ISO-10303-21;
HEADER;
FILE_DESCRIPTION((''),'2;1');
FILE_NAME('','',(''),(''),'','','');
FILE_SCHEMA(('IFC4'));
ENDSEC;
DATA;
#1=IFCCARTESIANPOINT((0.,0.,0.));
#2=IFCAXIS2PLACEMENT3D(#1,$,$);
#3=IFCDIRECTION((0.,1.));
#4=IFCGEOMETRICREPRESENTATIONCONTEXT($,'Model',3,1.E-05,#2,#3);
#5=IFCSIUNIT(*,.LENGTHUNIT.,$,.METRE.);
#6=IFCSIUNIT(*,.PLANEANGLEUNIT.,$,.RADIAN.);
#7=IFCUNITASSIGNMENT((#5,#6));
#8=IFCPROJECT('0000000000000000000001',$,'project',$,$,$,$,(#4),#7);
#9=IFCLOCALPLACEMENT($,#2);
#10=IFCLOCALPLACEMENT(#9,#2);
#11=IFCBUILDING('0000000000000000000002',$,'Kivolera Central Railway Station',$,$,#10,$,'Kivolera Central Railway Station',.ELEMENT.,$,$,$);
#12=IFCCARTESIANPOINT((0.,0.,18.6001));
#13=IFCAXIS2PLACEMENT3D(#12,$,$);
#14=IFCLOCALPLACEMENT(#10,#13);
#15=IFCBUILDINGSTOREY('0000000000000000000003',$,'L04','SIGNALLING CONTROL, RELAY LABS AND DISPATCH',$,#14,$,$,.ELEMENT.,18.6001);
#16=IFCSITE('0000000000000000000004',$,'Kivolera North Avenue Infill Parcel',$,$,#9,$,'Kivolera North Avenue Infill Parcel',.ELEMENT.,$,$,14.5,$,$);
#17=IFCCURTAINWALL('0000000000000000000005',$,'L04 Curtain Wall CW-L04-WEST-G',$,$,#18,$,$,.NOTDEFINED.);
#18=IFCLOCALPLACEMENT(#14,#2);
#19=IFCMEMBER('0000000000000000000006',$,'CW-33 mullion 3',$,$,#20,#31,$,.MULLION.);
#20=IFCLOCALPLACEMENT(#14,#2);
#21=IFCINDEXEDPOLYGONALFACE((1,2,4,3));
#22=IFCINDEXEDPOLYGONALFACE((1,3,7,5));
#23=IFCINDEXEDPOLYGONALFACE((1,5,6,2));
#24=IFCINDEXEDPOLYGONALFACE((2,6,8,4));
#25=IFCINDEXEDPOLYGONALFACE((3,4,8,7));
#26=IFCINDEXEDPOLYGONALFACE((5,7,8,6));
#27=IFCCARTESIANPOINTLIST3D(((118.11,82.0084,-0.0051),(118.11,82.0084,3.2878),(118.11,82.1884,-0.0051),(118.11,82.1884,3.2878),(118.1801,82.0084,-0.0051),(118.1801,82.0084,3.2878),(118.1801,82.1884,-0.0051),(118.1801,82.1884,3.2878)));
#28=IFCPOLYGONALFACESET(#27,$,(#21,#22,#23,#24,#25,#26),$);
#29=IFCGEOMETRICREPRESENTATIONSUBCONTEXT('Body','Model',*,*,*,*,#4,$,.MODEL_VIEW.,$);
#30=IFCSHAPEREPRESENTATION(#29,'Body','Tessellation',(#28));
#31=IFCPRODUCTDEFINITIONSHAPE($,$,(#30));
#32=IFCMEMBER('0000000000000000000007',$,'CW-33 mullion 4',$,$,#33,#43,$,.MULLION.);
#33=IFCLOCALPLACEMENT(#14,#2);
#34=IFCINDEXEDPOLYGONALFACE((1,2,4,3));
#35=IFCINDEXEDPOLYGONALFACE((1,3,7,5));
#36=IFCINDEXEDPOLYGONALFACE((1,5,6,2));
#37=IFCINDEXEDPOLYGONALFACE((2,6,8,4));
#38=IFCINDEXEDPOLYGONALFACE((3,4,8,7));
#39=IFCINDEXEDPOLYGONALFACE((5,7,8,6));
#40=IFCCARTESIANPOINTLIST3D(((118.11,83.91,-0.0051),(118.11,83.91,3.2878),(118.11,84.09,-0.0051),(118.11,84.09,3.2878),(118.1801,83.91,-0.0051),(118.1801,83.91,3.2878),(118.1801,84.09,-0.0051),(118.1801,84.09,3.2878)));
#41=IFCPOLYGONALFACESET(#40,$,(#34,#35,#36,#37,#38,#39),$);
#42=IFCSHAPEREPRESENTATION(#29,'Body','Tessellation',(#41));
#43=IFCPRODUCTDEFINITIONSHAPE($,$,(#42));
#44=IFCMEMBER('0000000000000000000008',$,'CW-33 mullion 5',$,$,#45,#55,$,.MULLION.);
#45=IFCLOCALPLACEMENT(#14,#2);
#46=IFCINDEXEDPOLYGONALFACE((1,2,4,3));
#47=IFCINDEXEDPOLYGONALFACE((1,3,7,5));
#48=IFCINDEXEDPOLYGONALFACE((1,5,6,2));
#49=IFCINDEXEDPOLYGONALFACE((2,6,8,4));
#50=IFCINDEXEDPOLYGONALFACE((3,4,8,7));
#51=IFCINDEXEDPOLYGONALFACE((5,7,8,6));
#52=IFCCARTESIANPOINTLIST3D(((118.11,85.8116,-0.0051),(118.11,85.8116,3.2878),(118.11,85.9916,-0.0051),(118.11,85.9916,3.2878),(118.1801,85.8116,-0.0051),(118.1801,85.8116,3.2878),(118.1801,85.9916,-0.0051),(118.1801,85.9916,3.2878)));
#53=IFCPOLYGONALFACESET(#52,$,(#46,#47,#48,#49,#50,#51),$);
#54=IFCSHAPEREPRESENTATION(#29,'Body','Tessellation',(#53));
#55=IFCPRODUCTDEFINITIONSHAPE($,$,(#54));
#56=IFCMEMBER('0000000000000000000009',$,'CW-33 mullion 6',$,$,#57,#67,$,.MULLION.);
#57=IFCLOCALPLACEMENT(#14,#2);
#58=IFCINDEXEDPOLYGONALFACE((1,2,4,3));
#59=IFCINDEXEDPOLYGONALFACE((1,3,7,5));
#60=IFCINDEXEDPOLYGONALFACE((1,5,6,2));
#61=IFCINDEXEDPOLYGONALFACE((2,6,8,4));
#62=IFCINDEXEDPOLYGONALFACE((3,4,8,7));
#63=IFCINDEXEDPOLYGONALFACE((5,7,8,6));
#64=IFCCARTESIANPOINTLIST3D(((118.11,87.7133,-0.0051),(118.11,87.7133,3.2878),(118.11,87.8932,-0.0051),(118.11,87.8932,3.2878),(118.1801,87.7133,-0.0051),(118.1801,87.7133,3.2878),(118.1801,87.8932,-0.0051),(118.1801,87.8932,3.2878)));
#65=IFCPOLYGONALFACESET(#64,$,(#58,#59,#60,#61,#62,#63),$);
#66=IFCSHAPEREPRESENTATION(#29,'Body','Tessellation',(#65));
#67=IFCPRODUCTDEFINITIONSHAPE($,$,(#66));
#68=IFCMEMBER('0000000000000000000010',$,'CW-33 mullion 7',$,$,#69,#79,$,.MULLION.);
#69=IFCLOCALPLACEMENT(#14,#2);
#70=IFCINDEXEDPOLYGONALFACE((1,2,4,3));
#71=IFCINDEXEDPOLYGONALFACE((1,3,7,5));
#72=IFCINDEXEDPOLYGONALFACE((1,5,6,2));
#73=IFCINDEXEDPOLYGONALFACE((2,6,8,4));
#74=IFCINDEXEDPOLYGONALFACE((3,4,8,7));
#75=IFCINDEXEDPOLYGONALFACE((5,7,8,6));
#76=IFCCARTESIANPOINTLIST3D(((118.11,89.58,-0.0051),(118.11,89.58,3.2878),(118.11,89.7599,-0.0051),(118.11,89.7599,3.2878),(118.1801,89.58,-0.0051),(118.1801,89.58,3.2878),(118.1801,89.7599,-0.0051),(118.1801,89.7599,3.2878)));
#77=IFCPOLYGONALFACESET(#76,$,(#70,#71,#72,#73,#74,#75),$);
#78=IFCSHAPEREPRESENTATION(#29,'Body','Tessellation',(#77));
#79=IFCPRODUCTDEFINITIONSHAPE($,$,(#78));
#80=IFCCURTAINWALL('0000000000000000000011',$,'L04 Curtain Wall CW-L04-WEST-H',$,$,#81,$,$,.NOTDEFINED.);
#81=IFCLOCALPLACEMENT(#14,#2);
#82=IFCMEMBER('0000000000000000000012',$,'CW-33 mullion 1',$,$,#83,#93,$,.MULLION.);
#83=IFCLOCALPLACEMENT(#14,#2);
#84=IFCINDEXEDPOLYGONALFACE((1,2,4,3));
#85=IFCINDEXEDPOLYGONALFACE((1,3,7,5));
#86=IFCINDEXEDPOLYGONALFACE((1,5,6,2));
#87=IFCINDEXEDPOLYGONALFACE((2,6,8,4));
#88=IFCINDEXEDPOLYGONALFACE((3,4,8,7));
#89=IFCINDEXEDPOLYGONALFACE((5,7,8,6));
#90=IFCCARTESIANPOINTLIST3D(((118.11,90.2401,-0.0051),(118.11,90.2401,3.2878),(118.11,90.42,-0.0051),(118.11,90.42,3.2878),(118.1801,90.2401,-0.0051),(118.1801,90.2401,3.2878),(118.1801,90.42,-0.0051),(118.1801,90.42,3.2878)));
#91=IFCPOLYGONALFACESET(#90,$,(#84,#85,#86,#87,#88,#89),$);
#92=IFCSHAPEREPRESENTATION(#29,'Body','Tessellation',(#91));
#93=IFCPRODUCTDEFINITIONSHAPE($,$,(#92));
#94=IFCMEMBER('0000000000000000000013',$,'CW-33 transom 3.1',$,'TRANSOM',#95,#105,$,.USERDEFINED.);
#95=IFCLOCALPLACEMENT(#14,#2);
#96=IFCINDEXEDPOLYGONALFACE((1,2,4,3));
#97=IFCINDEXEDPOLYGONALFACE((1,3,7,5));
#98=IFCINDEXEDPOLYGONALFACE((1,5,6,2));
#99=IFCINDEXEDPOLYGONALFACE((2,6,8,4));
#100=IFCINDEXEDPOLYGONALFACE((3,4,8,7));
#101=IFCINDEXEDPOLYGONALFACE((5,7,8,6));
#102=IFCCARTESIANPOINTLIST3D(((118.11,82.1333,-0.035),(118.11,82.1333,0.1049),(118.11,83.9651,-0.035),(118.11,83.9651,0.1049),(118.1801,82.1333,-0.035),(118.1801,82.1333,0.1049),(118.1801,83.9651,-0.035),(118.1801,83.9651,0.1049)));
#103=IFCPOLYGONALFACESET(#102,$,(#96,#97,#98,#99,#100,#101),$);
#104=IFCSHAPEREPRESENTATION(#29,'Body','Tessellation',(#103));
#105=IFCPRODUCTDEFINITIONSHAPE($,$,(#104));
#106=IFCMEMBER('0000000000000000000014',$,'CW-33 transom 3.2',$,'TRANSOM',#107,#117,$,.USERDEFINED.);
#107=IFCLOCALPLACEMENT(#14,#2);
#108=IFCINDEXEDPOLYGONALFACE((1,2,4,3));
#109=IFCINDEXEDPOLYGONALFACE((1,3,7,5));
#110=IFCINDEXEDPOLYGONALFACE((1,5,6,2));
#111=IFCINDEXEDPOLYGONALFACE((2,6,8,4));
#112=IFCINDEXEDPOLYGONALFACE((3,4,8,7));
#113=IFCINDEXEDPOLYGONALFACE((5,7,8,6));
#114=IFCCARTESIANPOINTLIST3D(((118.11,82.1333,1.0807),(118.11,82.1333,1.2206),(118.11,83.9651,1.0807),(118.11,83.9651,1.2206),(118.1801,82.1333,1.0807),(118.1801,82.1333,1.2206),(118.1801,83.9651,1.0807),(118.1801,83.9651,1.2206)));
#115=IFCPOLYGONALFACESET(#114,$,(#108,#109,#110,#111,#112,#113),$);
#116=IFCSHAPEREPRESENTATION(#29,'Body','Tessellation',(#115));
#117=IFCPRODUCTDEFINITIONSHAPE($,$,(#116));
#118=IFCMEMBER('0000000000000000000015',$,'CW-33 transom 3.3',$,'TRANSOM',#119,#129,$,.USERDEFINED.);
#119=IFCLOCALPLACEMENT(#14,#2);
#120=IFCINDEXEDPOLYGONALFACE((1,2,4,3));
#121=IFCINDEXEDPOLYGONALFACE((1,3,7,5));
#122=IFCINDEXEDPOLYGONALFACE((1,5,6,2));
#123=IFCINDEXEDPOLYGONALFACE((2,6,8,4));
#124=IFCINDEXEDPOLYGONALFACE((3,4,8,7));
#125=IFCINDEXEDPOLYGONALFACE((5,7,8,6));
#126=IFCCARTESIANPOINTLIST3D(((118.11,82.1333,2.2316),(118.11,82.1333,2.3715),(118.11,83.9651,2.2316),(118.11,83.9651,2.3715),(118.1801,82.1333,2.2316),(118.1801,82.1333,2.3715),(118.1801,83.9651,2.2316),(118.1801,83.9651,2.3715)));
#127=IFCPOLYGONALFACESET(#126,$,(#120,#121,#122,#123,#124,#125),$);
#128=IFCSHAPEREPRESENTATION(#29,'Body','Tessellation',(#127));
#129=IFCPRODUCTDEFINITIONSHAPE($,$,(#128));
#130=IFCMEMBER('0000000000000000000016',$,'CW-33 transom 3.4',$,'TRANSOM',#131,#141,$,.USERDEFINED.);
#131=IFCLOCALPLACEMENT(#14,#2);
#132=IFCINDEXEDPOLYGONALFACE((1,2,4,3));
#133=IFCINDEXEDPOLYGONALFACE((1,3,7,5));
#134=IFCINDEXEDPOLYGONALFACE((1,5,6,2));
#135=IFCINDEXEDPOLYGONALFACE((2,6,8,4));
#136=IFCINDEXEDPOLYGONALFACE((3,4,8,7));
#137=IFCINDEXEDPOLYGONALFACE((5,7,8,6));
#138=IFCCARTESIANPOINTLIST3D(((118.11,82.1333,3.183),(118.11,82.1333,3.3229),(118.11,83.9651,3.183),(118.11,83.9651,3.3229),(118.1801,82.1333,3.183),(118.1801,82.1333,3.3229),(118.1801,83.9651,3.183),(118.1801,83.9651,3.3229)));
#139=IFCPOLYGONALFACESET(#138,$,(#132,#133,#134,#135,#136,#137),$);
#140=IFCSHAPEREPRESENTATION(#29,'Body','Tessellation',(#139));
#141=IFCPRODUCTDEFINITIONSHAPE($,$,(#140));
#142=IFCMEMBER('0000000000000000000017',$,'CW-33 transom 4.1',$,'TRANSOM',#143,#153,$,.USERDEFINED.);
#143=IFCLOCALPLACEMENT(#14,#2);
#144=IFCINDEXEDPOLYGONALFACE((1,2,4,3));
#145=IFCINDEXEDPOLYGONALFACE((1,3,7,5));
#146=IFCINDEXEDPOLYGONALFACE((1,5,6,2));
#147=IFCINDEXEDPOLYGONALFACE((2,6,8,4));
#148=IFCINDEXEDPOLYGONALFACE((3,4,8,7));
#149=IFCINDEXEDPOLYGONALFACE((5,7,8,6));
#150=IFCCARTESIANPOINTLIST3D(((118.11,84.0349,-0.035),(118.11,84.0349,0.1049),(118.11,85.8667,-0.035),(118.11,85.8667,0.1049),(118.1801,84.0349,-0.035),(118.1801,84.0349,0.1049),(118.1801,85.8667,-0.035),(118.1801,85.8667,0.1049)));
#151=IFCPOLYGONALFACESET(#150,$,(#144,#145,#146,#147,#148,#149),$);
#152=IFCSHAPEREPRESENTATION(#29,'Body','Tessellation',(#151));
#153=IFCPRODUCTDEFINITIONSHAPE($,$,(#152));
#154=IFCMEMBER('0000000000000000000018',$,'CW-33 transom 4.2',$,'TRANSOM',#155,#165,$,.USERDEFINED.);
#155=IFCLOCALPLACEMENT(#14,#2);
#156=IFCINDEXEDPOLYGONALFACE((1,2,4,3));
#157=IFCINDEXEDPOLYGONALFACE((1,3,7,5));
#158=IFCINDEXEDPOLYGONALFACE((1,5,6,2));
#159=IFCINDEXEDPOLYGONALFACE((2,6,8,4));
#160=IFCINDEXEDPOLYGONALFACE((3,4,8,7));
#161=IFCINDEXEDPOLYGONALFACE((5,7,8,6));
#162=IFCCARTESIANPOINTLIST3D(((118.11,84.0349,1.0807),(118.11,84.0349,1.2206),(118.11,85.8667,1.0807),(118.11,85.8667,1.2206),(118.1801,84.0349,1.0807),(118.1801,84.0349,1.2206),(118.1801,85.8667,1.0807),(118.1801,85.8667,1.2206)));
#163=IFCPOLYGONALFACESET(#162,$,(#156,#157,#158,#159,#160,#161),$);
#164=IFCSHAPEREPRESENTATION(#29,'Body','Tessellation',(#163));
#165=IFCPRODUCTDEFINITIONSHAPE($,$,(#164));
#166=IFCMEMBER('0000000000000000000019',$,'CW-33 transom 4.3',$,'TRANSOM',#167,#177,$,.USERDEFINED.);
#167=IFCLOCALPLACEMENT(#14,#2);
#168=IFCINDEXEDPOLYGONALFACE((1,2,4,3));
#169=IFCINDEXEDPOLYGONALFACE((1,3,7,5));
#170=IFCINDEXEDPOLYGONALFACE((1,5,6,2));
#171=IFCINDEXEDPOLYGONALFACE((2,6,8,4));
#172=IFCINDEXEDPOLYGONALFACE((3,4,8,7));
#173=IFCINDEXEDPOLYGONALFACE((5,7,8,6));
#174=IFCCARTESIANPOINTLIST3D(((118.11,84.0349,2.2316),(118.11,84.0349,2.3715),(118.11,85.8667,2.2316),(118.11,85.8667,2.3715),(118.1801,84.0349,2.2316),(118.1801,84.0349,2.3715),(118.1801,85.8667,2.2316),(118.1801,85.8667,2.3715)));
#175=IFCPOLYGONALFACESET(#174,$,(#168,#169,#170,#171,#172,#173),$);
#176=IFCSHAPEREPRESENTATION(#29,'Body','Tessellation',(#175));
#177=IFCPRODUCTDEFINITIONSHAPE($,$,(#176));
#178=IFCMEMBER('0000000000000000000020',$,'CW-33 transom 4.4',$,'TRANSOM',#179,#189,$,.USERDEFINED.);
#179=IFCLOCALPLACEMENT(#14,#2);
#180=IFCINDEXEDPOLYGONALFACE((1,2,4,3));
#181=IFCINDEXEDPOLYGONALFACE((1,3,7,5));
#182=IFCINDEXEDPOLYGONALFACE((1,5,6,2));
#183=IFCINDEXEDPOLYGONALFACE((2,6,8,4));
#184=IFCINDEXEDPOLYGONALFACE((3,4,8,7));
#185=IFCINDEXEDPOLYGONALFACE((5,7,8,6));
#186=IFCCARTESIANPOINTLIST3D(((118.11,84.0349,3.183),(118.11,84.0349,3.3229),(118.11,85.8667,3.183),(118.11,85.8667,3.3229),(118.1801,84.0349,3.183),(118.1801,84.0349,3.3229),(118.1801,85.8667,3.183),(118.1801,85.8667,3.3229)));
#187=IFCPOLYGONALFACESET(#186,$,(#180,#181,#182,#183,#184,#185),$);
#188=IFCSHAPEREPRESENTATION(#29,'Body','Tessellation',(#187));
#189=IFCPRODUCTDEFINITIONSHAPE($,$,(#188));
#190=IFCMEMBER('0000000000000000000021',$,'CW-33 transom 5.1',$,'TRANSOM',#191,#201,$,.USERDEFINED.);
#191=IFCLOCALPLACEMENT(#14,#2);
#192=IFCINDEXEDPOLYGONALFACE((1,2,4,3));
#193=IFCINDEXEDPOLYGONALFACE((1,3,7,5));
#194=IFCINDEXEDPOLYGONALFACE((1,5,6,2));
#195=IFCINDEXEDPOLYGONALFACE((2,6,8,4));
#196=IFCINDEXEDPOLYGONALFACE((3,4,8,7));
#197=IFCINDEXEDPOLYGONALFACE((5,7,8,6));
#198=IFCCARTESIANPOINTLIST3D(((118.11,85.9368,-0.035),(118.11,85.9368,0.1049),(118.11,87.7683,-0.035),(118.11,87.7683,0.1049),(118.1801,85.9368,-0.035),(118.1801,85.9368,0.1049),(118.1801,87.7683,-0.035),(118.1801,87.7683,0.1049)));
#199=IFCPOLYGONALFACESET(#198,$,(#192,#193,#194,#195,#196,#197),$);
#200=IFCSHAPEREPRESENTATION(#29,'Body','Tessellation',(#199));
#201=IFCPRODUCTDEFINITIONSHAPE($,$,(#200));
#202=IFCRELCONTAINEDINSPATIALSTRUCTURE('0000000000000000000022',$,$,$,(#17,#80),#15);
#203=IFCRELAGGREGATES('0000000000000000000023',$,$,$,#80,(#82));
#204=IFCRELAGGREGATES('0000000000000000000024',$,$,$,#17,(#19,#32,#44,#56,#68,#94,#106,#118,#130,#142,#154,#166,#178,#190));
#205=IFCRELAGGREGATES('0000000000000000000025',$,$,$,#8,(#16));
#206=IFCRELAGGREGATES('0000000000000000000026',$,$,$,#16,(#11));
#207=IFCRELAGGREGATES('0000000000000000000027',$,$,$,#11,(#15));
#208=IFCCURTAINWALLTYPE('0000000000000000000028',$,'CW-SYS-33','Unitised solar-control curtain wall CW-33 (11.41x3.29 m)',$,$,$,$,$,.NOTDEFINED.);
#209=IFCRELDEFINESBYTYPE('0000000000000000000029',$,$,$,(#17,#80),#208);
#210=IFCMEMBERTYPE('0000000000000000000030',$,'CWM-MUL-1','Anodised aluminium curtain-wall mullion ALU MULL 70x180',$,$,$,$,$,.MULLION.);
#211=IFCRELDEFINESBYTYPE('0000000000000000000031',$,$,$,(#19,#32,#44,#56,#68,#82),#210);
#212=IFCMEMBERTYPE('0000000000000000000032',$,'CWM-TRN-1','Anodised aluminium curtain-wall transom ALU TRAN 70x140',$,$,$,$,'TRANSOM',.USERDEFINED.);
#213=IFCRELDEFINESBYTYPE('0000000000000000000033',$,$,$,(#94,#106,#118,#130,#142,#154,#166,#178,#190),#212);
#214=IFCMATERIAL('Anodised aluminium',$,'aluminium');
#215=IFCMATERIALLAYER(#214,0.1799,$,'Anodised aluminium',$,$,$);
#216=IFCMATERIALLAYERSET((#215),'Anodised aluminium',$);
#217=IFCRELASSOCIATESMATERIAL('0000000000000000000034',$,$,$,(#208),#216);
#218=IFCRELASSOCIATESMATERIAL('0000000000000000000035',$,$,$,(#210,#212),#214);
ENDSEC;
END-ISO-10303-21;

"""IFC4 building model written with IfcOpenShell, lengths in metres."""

from ifc_helpers import new_model, si_unit, direction, frame, origin, origin_2d, place, context, subcontext, project, spatial, rectangle, extrude, material, layer, layer_set, material_profile, profile_set, type_object, element, aggregate, save


model = new_model("IFC4")

# Units and contexts
model_context = context("Model", 3, precision=1e-05, world=origin(), true_north=direction((0.0, 1.0)))
body_context = subcontext(model_context, "Body", "Model", "MODEL_VIEW")
ifc_project = project(units=[si_unit("LENGTHUNIT", "METRE"), si_unit("PLANEANGLEUNIT", "RADIAN")], contexts=[model_context])

# Site, building, storey
site_placement = place(None, origin())
site = spatial("IfcSite", under=ifc_project, at=site_placement, Name="Kivolera North Avenue Infill Parcel", LongName="Kivolera North Avenue Infill Parcel", CompositionType="ELEMENT", RefElevation=14.5)
building_placement = place(site_placement, origin())
building = spatial("IfcBuilding", under=site, at=building_placement, Name="Kivolera Central Railway Station", LongName="Kivolera Central Railway Station", CompositionType="ELEMENT")
storey_placement = place(building_placement, frame((0.0, 0.0, 18.6001)))
storey = spatial("IfcBuildingStorey", under=building, at=storey_placement, Name="L04", Description="SIGNALLING CONTROL, RELAY LABS AND DISPATCH", CompositionType="ELEMENT", Elevation=18.6001)

# Curtain wall, members
ifc_material_1 = material(Name="Anodised aluminium", Category="aluminium")
ifc_layer_1 = layer(ifc_material_1, 0.1799, Name="Anodised aluminium")
ifc_layer_set_1 = layer_set([ifc_layer_1], Name="Anodised aluminium")
curtain_wall_type = type_object("IfcCurtainWallType", Name="CW-SYS-33", Description="Unitised solar-control curtain wall CW-33 (11.41x3.29 m)", PredefinedType="NOTDEFINED", material=ifc_layer_set_1)
curtain_wall_1_placement = place(storey_placement, origin())
curtain_wall_1 = element("IfcCurtainWall", 1, at=curtain_wall_1_placement, inside=storey, type_object=curtain_wall_type, Name="L04 Curtain Wall CW-L04-WEST-G", PredefinedType="NOTDEFINED")
ifc_material_profile_1 = material_profile(ifc_material_1, rectangle(XDim=0.0701, YDim=0.1799, at=origin_2d()), Name="ALU MULL 70x180")
ifc_profile_set_1 = profile_set([ifc_material_profile_1], Name="Anodised aluminium")
member_type_1 = type_object("IfcMemberType", Name="CWM-MUL-1", Description="Anodised aluminium curtain-wall mullion ALU MULL 70x180", PredefinedType="MULLION", material=ifc_profile_set_1)
member_1_placement = place(storey_placement, frame((118.145, 82.0984, -0.0051), z_axis=(0.0, 0.0, 1.0), x_axis=(-1.0, 0.0, 0.0)))
member_1 = element("IfcMember", 2, at=member_1_placement, type_object=member_type_1, Name="CW-33 mullion 3", PredefinedType="MULLION", context=body_context, shape_type="SweptSolid", body=[
    extrude(rectangle(XDim=0.0701, YDim=0.1799, at=origin_2d()), origin(), (0.0, 0.0, 1.0), 3.293),
])
member_2_placement = place(storey_placement, frame((118.145, 84.0, -0.0051), z_axis=(0.0, 0.0, 1.0), x_axis=(-1.0, 0.0, 0.0)))
member_2 = element("IfcMember", 3, at=member_2_placement, type_object=member_type_1, Name="CW-33 mullion 4", PredefinedType="MULLION", context=body_context, shape_type="SweptSolid", body=[
    extrude(rectangle(XDim=0.0701, YDim=0.1799, at=origin_2d()), origin(), (0.0, 0.0, 1.0), 3.293),
])
member_3_placement = place(storey_placement, frame((118.145, 85.9016, -0.0051), z_axis=(0.0, 0.0, 1.0), x_axis=(-1.0, 0.0, 0.0)))
member_3 = element("IfcMember", 4, at=member_3_placement, type_object=member_type_1, Name="CW-33 mullion 5", PredefinedType="MULLION", context=body_context, shape_type="SweptSolid", body=[
    extrude(rectangle(XDim=0.0701, YDim=0.1799, at=origin_2d()), origin(), (0.0, 0.0, 1.0), 3.293),
])
member_4_placement = place(storey_placement, frame((118.145, 87.8032, -0.0051), z_axis=(0.0, 0.0, 1.0), x_axis=(-1.0, 0.0, 0.0)))
member_4 = element("IfcMember", 5, at=member_4_placement, type_object=member_type_1, Name="CW-33 mullion 6", PredefinedType="MULLION", context=body_context, shape_type="SweptSolid", body=[
    extrude(rectangle(XDim=0.0701, YDim=0.1799, at=origin_2d()), origin(), (0.0, 0.0, 1.0), 3.293),
])
member_5_placement = place(storey_placement, frame((118.145, 89.6699, -0.0051), z_axis=(0.0, 0.0, 1.0), x_axis=(-1.0, 0.0, 0.0)))
member_5 = element("IfcMember", 6, at=member_5_placement, type_object=member_type_1, Name="CW-33 mullion 7", PredefinedType="MULLION", context=body_context, shape_type="SweptSolid", body=[
    extrude(rectangle(XDim=0.0701, YDim=0.1799, at=origin_2d()), origin(), (0.0, 0.0, 1.0), 3.293),
])

# Curtain wall, member
curtain_wall_2_placement = place(storey_placement, origin())
curtain_wall_2 = element("IfcCurtainWall", 7, at=curtain_wall_2_placement, inside=storey, type_object=curtain_wall_type, Name="L04 Curtain Wall CW-L04-WEST-H", PredefinedType="NOTDEFINED")
member_6_placement = place(storey_placement, frame((118.145, 90.3301, -0.0051), z_axis=(0.0, 0.0, 1.0), x_axis=(-1.0, 0.0, 0.0)))
member_6 = element("IfcMember", 8, at=member_6_placement, type_object=member_type_1, Name="CW-33 mullion 1", PredefinedType="MULLION", context=body_context, shape_type="SweptSolid", body=[
    extrude(rectangle(XDim=0.0701, YDim=0.1799, at=origin_2d()), origin(), (0.0, 0.0, 1.0), 3.293),
])
aggregate(curtain_wall_2, [member_6])

# Members
ifc_material_profile_2 = material_profile(ifc_material_1, rectangle(XDim=0.0701, YDim=0.1399, at=origin_2d()), Name="ALU TRAN 70x140")
ifc_profile_set_2 = profile_set([ifc_material_profile_2], Name="Anodised aluminium")
member_type_2 = type_object("IfcMemberType", Name="CWM-TRN-1", Description="Anodised aluminium curtain-wall transom ALU TRAN 70x140", ElementType="TRANSOM", PredefinedType="USERDEFINED", material=ifc_profile_set_2)
member_7_placement = place(storey_placement, frame((118.145, 82.1333, 0.0349), z_axis=(0.0, 1.0, 0.0), x_axis=(-1.0, 0.0, 0.0)))
member_7 = element("IfcMember", 9, at=member_7_placement, type_object=member_type_2, Name="CW-33 transom 3.1", ObjectType="TRANSOM", PredefinedType="USERDEFINED", context=body_context, shape_type="SweptSolid", body=[
    extrude(rectangle(XDim=0.0701, YDim=0.1399, at=origin_2d()), origin(), (0.0, 0.0, 1.0), 1.8318),
])
member_8_placement = place(storey_placement, frame((118.145, 82.1333, 1.1506), z_axis=(0.0, 1.0, 0.0), x_axis=(-1.0, 0.0, 0.0)))
member_8 = element("IfcMember", 10, at=member_8_placement, type_object=member_type_2, Name="CW-33 transom 3.2", ObjectType="TRANSOM", PredefinedType="USERDEFINED", context=body_context, shape_type="SweptSolid", body=[
    extrude(rectangle(XDim=0.0701, YDim=0.1399, at=origin_2d()), origin(), (0.0, 0.0, 1.0), 1.8318),
])
member_9_placement = place(storey_placement, frame((118.145, 82.1333, 2.3015), z_axis=(0.0, 1.0, 0.0), x_axis=(-1.0, 0.0, 0.0)))
member_9 = element("IfcMember", 11, at=member_9_placement, type_object=member_type_2, Name="CW-33 transom 3.3", ObjectType="TRANSOM", PredefinedType="USERDEFINED", context=body_context, shape_type="SweptSolid", body=[
    extrude(rectangle(XDim=0.0701, YDim=0.1399, at=origin_2d()), origin(), (0.0, 0.0, 1.0), 1.8318),
])
member_10_placement = place(storey_placement, frame((118.145, 82.1333, 3.2529), z_axis=(0.0, 1.0, 0.0), x_axis=(-1.0, 0.0, 0.0)))
member_10 = element("IfcMember", 12, at=member_10_placement, type_object=member_type_2, Name="CW-33 transom 3.4", ObjectType="TRANSOM", PredefinedType="USERDEFINED", context=body_context, shape_type="SweptSolid", body=[
    extrude(rectangle(XDim=0.0701, YDim=0.1399, at=origin_2d()), origin(), (0.0, 0.0, 1.0), 1.8318),
])
member_11_placement = place(storey_placement, frame((118.145, 84.0349, 0.0349), z_axis=(0.0, 1.0, 0.0), x_axis=(-1.0, 0.0, 0.0)))
member_11 = element("IfcMember", 13, at=member_11_placement, type_object=member_type_2, Name="CW-33 transom 4.1", ObjectType="TRANSOM", PredefinedType="USERDEFINED", context=body_context, shape_type="SweptSolid", body=[
    extrude(rectangle(XDim=0.0701, YDim=0.1399, at=origin_2d()), origin(), (0.0, 0.0, 1.0), 1.8318),
])
member_12_placement = place(storey_placement, frame((118.145, 84.0349, 1.1506), z_axis=(0.0, 1.0, 0.0), x_axis=(-1.0, 0.0, 0.0)))
member_12 = element("IfcMember", 14, at=member_12_placement, type_object=member_type_2, Name="CW-33 transom 4.2", ObjectType="TRANSOM", PredefinedType="USERDEFINED", context=body_context, shape_type="SweptSolid", body=[
    extrude(rectangle(XDim=0.0701, YDim=0.1399, at=origin_2d()), origin(), (0.0, 0.0, 1.0), 1.8318),
])
member_13_placement = place(storey_placement, frame((118.145, 84.0349, 2.3015), z_axis=(0.0, 1.0, 0.0), x_axis=(-1.0, 0.0, 0.0)))
member_13 = element("IfcMember", 15, at=member_13_placement, type_object=member_type_2, Name="CW-33 transom 4.3", ObjectType="TRANSOM", PredefinedType="USERDEFINED", context=body_context, shape_type="SweptSolid", body=[
    extrude(rectangle(XDim=0.0701, YDim=0.1399, at=origin_2d()), origin(), (0.0, 0.0, 1.0), 1.8318),
])
member_14_placement = place(storey_placement, frame((118.145, 84.0349, 3.2529), z_axis=(0.0, 1.0, 0.0), x_axis=(-1.0, 0.0, 0.0)))
member_14 = element("IfcMember", 16, at=member_14_placement, type_object=member_type_2, Name="CW-33 transom 4.4", ObjectType="TRANSOM", PredefinedType="USERDEFINED", context=body_context, shape_type="SweptSolid", body=[
    extrude(rectangle(XDim=0.0701, YDim=0.1399, at=origin_2d()), origin(), (0.0, 0.0, 1.0), 1.8318),
])
member_15_placement = place(storey_placement, frame((118.145, 85.9368, 0.0349), z_axis=(0.0, 1.0, 0.0), x_axis=(-1.0, 0.0, 0.0)))
member_15 = element("IfcMember", 17, at=member_15_placement, type_object=member_type_2, Name="CW-33 transom 5.1", ObjectType="TRANSOM", PredefinedType="USERDEFINED", context=body_context, shape_type="SweptSolid", body=[
    extrude(rectangle(XDim=0.0701, YDim=0.1399, at=origin_2d()), origin(), (0.0, 0.0, 1.0), 1.8315),
])

aggregate(curtain_wall_1, [member_1, member_2, member_3, member_4, member_5, member_7, member_8, member_9, member_10, member_11, member_12, member_13, member_14, member_15])

save(model, "model.ifc")
